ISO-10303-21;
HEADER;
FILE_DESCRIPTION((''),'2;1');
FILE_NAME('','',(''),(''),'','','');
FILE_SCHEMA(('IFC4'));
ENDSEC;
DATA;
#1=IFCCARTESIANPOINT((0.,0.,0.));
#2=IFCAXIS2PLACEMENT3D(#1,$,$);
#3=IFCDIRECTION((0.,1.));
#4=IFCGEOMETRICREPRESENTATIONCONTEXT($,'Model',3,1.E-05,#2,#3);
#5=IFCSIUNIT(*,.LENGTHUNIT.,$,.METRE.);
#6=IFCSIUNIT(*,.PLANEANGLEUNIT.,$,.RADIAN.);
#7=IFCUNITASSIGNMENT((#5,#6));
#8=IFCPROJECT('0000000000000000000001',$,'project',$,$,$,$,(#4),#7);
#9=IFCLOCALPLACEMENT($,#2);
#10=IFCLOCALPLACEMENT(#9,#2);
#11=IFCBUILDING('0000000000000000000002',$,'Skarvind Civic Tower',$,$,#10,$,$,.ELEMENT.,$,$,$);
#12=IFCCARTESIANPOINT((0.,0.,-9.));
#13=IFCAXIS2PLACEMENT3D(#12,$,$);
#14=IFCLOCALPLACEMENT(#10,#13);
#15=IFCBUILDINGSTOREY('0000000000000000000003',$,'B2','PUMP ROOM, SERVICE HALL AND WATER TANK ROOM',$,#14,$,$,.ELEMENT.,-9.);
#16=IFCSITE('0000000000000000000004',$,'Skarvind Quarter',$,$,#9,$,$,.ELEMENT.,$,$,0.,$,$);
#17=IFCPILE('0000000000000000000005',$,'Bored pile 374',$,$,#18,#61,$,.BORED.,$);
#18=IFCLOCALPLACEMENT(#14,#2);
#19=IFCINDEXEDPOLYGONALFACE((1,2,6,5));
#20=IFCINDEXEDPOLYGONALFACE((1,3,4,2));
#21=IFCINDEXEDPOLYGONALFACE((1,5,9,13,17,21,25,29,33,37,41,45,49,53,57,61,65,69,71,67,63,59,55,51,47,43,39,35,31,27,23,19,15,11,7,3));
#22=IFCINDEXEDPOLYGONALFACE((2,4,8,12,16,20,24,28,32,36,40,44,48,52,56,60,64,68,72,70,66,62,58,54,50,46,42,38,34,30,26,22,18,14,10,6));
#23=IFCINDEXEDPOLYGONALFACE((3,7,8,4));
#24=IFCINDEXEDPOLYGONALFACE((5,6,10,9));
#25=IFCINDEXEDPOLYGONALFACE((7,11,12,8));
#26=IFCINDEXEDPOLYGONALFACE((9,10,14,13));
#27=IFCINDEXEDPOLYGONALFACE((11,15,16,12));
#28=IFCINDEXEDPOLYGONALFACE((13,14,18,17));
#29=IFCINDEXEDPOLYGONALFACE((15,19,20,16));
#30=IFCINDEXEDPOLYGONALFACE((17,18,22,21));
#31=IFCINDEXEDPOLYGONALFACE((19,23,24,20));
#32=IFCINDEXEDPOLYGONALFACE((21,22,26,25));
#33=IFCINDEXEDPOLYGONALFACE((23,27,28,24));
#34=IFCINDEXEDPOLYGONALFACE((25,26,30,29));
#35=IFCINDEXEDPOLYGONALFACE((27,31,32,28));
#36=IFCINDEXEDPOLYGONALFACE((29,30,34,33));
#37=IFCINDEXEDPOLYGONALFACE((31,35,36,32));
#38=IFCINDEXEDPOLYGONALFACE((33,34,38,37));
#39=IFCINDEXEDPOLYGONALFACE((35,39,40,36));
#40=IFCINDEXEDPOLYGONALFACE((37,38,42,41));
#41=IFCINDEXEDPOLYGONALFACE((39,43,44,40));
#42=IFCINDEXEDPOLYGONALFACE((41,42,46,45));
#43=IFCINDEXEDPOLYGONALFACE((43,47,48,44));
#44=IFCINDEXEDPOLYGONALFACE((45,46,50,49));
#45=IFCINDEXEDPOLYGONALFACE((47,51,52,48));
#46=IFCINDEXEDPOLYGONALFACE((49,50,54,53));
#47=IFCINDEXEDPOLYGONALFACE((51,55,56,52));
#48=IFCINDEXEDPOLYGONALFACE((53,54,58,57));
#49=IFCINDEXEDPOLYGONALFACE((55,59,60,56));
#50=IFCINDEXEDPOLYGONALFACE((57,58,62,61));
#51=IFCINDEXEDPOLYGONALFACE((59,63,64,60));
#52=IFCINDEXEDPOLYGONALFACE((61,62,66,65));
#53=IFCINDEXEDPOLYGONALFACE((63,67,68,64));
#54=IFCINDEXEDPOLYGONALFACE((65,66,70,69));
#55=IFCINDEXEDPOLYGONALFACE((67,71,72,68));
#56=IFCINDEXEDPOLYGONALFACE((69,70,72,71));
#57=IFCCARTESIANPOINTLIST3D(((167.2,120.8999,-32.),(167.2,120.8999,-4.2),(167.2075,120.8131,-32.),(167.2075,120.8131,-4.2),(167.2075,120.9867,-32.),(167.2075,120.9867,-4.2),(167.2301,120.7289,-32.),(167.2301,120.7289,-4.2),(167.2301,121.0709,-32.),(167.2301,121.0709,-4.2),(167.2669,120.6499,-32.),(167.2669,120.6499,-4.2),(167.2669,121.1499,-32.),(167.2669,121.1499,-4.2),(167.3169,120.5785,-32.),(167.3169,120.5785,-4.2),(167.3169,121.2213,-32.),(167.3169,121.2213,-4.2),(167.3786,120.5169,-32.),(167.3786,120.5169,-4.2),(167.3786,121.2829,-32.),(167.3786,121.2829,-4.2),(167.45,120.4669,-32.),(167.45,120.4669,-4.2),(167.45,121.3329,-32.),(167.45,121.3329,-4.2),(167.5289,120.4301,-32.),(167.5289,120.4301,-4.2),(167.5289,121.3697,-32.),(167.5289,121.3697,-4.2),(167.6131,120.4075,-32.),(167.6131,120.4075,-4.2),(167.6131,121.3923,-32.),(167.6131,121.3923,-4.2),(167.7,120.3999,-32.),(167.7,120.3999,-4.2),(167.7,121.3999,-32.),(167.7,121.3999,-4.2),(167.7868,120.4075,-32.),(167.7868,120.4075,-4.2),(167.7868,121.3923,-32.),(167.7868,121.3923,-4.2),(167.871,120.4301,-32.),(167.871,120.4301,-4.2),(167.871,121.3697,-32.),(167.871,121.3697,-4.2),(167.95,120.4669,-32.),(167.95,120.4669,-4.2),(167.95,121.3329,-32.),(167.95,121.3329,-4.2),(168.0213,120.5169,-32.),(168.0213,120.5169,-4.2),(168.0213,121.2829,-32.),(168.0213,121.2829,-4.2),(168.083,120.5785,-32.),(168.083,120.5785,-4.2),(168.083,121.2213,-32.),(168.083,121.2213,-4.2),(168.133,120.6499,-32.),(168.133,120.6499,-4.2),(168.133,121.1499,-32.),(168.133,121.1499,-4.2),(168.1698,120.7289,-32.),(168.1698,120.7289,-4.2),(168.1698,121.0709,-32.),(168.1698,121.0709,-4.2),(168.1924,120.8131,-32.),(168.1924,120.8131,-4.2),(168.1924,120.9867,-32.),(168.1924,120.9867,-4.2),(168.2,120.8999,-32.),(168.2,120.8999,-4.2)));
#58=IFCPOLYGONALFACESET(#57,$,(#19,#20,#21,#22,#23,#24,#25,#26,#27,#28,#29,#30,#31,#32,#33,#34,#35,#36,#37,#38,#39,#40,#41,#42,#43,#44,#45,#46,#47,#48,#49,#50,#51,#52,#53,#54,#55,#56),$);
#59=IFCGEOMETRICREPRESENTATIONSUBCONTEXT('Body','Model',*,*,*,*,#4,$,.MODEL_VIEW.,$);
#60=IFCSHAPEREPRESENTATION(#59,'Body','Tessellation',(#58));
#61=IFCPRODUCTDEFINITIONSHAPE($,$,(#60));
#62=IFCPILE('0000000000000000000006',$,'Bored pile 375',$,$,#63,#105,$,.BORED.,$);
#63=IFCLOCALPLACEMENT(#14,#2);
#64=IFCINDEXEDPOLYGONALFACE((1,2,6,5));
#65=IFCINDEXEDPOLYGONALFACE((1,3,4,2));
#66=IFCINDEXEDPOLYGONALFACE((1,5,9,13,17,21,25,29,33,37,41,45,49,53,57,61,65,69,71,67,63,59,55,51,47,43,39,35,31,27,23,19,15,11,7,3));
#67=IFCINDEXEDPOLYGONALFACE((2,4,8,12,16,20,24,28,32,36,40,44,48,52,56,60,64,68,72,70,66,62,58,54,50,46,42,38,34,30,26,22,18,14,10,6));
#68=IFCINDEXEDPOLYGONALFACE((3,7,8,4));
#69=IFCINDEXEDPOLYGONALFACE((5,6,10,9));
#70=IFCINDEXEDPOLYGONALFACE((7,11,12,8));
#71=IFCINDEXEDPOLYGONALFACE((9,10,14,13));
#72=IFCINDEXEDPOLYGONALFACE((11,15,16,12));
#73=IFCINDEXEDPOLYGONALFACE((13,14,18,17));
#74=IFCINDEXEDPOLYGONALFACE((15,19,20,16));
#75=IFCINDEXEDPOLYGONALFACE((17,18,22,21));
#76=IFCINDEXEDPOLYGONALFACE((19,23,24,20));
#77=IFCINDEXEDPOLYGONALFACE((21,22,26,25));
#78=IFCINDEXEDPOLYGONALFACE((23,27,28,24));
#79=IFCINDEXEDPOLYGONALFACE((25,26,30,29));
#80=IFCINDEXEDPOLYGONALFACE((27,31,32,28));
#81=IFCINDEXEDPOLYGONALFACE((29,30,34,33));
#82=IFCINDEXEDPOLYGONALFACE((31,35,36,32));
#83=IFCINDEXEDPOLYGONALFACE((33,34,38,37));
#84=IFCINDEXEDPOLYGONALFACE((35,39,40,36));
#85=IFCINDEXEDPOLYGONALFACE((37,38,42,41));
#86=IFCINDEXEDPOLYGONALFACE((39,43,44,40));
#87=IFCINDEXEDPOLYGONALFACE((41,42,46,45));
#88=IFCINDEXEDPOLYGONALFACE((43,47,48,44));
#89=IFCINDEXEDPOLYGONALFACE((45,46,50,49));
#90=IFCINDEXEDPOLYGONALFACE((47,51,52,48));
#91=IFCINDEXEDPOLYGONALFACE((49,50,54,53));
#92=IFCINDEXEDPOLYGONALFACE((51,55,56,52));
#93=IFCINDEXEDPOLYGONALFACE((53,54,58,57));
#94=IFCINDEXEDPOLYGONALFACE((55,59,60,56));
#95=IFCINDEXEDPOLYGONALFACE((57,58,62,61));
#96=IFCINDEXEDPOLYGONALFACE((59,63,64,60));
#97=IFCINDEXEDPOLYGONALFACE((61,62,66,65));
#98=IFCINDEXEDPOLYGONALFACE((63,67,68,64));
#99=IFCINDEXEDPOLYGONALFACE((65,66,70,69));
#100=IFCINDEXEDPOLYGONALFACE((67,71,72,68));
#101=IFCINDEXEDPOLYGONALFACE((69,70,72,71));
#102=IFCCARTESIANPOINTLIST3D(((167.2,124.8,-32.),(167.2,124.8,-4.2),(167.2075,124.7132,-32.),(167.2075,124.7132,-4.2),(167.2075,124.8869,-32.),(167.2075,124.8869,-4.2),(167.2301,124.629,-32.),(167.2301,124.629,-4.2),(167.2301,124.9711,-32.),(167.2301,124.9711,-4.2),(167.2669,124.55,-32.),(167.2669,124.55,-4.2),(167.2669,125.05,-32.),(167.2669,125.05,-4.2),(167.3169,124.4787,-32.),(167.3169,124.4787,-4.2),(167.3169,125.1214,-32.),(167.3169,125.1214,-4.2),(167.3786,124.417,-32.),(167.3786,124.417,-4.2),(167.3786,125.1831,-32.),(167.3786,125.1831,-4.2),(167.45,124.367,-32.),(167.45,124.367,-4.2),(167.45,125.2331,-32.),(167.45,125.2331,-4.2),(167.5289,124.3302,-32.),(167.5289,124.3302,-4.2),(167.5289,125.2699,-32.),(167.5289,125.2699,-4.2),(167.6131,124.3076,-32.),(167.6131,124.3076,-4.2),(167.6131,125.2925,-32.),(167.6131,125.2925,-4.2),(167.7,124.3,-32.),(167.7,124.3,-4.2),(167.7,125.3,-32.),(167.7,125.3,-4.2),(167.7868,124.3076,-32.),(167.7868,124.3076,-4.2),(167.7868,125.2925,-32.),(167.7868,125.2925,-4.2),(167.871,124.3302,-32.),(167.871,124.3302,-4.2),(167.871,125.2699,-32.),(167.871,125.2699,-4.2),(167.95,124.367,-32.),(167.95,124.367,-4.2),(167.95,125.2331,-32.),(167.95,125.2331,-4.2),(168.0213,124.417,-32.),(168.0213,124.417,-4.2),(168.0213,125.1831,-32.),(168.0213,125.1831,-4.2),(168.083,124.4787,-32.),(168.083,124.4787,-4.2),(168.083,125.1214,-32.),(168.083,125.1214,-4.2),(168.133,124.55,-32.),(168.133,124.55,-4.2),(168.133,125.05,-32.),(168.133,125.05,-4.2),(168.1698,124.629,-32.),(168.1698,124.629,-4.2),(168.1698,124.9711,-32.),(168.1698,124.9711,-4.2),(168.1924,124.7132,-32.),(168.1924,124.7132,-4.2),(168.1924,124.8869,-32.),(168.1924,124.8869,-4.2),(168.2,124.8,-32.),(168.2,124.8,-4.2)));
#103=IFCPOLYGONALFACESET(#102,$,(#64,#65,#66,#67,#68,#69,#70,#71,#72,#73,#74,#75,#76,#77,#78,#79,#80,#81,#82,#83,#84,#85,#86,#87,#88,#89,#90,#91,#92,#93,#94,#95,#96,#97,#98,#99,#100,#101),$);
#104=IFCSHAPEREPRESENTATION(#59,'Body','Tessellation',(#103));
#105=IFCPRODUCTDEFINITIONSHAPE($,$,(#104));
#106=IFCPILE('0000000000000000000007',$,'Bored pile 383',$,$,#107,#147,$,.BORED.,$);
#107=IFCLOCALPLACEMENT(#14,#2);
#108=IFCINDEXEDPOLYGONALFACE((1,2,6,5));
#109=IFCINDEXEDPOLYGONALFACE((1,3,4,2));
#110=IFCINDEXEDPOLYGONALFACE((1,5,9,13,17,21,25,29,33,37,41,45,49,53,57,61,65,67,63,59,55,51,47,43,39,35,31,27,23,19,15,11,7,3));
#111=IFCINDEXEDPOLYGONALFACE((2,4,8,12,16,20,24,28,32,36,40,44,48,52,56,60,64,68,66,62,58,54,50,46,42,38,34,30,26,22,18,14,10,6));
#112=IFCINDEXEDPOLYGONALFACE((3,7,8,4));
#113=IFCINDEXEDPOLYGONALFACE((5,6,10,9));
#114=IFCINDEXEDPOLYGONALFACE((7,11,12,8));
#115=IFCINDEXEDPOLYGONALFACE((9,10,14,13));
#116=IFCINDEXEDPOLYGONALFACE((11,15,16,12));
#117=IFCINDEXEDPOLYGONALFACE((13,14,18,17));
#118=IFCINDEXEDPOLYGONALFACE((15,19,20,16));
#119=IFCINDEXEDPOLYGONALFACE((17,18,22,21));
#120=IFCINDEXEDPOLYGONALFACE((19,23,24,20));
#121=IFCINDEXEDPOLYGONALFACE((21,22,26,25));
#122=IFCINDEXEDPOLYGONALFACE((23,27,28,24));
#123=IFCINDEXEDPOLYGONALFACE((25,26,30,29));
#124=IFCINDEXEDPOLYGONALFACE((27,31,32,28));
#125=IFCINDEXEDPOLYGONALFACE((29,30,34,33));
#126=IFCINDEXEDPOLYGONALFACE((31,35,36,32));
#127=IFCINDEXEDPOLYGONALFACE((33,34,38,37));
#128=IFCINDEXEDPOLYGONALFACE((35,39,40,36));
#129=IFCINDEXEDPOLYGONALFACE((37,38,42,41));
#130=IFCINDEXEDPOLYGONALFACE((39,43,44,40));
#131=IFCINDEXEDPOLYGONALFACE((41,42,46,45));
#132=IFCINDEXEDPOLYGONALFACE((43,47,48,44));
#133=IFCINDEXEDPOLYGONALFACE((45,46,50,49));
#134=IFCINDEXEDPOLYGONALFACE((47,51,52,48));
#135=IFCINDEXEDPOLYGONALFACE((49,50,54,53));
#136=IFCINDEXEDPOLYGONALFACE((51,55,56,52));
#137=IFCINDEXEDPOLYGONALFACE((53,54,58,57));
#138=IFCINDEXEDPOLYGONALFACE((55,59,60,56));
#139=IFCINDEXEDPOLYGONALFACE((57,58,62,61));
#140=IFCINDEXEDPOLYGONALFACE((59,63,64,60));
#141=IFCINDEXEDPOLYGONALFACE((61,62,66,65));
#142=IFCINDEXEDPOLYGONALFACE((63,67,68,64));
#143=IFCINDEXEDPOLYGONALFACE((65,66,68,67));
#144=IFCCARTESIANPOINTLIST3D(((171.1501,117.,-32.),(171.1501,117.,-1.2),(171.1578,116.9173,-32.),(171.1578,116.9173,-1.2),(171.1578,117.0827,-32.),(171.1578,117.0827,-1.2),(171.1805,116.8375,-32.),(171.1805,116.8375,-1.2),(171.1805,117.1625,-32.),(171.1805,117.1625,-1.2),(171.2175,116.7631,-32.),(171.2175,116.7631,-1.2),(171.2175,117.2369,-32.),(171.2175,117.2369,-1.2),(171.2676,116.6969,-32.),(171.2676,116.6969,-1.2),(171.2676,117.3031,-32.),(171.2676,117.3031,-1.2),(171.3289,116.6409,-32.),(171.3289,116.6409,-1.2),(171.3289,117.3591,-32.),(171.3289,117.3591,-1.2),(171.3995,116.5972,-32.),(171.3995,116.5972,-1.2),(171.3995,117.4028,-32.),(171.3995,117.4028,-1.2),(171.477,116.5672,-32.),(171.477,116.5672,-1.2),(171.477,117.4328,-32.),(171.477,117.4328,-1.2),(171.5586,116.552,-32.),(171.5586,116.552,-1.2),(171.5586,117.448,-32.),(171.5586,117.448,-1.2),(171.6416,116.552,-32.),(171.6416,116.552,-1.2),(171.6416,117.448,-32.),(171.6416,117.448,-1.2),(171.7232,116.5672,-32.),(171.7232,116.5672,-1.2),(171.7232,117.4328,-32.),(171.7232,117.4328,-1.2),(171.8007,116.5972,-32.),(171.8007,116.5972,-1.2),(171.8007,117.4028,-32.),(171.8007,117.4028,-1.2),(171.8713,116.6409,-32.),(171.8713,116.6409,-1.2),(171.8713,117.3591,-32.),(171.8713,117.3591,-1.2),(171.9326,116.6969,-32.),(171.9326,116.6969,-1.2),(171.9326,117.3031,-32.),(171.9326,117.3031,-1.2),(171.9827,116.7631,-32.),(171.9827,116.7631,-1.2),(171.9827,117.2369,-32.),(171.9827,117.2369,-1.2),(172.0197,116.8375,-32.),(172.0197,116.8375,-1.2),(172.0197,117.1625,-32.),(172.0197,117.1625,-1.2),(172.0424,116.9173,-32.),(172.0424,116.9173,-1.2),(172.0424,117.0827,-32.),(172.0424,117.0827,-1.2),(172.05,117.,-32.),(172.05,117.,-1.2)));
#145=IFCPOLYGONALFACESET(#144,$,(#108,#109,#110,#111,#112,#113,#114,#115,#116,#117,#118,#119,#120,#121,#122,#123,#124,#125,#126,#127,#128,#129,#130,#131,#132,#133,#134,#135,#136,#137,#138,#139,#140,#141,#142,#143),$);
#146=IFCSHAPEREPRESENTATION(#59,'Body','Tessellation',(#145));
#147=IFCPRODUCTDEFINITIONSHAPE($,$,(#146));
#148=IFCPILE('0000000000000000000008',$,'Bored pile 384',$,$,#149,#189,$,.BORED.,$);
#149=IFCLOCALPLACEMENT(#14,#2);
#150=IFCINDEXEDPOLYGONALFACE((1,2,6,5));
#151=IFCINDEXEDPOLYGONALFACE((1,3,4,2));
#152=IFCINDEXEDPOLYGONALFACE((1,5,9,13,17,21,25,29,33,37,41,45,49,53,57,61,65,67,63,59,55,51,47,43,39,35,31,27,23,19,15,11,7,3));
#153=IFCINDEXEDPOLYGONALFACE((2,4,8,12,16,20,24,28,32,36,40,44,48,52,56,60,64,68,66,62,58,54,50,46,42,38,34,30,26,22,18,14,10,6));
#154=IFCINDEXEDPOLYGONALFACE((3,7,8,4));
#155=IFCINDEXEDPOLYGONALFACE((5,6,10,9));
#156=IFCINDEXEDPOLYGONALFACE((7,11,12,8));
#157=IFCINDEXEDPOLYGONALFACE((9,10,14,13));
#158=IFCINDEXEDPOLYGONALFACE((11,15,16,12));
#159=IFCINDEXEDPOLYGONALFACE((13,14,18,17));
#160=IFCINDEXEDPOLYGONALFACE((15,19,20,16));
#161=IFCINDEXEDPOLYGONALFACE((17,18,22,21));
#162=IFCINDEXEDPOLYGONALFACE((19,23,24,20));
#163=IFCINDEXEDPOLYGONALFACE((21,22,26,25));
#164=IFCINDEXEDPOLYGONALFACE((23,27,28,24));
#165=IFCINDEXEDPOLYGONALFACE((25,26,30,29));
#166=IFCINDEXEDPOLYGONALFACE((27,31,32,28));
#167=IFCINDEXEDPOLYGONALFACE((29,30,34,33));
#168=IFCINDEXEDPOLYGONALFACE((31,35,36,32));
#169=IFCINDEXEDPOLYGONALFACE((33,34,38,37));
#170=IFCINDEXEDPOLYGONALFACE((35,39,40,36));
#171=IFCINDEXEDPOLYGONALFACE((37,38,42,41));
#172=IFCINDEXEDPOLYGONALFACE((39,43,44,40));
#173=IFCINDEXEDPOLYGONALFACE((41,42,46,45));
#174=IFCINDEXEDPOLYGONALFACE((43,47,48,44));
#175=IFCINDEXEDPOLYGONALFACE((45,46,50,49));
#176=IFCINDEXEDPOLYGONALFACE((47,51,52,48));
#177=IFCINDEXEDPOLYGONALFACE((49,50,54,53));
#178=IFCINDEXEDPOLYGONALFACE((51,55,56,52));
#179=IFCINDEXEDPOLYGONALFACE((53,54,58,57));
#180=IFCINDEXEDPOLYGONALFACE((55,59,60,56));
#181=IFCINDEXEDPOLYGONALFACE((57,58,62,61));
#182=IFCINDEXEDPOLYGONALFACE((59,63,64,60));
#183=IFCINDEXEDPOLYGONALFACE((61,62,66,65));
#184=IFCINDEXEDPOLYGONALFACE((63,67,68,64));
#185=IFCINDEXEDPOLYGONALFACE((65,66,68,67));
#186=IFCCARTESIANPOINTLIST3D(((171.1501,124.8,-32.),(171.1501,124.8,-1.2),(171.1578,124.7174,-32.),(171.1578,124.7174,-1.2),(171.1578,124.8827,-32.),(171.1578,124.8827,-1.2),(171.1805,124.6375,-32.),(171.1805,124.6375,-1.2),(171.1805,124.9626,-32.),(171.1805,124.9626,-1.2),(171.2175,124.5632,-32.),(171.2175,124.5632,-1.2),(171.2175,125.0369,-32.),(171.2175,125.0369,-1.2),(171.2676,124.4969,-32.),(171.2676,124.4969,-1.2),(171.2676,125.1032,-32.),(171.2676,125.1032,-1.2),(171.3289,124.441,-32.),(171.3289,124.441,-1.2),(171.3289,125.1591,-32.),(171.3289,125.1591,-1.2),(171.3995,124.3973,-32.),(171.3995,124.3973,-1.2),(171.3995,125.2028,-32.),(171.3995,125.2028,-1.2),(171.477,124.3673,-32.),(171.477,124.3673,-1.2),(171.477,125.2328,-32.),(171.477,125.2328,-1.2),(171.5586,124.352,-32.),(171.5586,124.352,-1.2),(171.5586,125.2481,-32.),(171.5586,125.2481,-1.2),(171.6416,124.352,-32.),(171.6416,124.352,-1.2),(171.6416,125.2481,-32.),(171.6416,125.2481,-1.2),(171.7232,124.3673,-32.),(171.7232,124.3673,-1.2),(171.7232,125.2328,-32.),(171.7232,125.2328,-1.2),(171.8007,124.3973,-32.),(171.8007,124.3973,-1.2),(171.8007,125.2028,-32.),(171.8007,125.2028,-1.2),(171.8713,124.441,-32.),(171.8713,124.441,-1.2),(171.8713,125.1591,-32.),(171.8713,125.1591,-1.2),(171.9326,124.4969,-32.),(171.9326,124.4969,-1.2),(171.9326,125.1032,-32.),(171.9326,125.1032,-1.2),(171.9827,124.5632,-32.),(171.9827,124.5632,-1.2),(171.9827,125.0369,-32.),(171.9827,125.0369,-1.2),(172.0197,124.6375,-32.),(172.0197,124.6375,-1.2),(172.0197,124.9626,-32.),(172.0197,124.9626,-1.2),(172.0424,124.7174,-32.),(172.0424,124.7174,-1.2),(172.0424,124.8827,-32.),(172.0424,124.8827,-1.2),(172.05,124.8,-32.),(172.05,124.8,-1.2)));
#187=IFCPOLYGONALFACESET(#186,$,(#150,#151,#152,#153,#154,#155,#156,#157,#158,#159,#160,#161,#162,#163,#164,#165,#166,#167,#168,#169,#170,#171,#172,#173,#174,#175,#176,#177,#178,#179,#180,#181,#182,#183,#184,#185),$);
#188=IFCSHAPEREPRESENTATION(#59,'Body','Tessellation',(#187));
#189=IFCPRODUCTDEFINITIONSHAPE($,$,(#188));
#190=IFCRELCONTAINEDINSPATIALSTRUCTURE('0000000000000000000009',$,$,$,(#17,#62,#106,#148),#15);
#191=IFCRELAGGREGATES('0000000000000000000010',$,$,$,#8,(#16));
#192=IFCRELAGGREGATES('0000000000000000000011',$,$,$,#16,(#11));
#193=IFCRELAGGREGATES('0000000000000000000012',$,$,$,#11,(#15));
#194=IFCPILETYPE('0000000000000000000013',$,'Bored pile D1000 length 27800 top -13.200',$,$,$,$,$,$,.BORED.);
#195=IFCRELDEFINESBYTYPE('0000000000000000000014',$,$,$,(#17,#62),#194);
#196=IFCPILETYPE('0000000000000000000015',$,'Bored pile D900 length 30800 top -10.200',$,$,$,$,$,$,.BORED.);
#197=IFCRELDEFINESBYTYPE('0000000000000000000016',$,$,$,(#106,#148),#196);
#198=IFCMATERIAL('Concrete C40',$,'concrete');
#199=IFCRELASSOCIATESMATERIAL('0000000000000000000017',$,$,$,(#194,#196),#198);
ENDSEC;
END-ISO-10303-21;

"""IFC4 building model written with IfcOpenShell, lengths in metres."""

from ifc_helpers import new_model, si_unit, direction, frame, origin, origin_2d, place, context, subcontext, project, spatial, circle, extrude, material, type_object, element, save


model = new_model("IFC4")

# Units and contexts
model_context = context("Model", 3, precision=1e-05, world=origin(), true_north=direction((0.0, 1.0)))
body_context = subcontext(model_context, "Body", "Model", "MODEL_VIEW")
ifc_project = project(units=[si_unit("LENGTHUNIT", "METRE"), si_unit("PLANEANGLEUNIT", "RADIAN")], contexts=[model_context])

# Site, building, storey
site_placement = place(None, origin())
site = spatial("IfcSite", under=ifc_project, at=site_placement, Name="Skarvind Quarter", CompositionType="ELEMENT", RefElevation=0.0)
building_placement = place(site_placement, origin())
building = spatial("IfcBuilding", under=site, at=building_placement, Name="Skarvind Civic Tower", CompositionType="ELEMENT")
storey_placement = place(building_placement, frame((0.0, 0.0, -9.0)))
storey = spatial("IfcBuildingStorey", under=building, at=storey_placement, Name="B2", Description="PUMP ROOM, SERVICE HALL AND WATER TANK ROOM", CompositionType="ELEMENT", Elevation=-9.0)

# Piles
ifc_material_1 = material(Name="Concrete C40", Category="concrete")
pile_type_1 = type_object("IfcPileType", Name="Bored pile D1000 length 27800 top -13.200", PredefinedType="BORED", material=ifc_material_1)
for number, where, z_axis, x_axis, name in (
    (1, (167.7, 120.8999, -4.2), (0.0, 0.0, -1.0), (1.0, 0.0, 0.0), "Bored pile 374"),
    (2, (167.7, 124.8, -4.2), (0.0, 0.0, -1.0), (1.0, 0.0, 0.0), "Bored pile 375"),
):
    element("IfcPile", number, at=place(storey_placement, frame(where, z_axis=z_axis, x_axis=x_axis)), inside=storey, type_object=pile_type_1, Name=name, PredefinedType="BORED", context=body_context, shape_type="SweptSolid", body=[
        extrude(circle(Radius=0.5, at=origin_2d()), origin(), (0.0, 0.0, 1.0), 27.8),
    ])
pile_type_2 = type_object("IfcPileType", Name="Bored pile D900 length 30800 top -10.200", PredefinedType="BORED", material=ifc_material_1)
for number, where, z_axis, x_axis, name in (
    (3, (171.6001, 117.0, -1.2), (0.0, 0.0, -1.0), (1.0, 0.0, 0.0), "Bored pile 383"),
    (4, (171.6001, 124.8, -1.2), (0.0, 0.0, -1.0), (1.0, 0.0, 0.0), "Bored pile 384"),
):
    element("IfcPile", number, at=place(storey_placement, frame(where, z_axis=z_axis, x_axis=x_axis)), inside=storey, type_object=pile_type_2, Name=name, PredefinedType="BORED", context=body_context, shape_type="SweptSolid", body=[
        extrude(circle(Radius=0.45, at=origin_2d()), origin(), (0.0, 0.0, 1.0), 30.8),
    ])

save(model, "model.ifc")
